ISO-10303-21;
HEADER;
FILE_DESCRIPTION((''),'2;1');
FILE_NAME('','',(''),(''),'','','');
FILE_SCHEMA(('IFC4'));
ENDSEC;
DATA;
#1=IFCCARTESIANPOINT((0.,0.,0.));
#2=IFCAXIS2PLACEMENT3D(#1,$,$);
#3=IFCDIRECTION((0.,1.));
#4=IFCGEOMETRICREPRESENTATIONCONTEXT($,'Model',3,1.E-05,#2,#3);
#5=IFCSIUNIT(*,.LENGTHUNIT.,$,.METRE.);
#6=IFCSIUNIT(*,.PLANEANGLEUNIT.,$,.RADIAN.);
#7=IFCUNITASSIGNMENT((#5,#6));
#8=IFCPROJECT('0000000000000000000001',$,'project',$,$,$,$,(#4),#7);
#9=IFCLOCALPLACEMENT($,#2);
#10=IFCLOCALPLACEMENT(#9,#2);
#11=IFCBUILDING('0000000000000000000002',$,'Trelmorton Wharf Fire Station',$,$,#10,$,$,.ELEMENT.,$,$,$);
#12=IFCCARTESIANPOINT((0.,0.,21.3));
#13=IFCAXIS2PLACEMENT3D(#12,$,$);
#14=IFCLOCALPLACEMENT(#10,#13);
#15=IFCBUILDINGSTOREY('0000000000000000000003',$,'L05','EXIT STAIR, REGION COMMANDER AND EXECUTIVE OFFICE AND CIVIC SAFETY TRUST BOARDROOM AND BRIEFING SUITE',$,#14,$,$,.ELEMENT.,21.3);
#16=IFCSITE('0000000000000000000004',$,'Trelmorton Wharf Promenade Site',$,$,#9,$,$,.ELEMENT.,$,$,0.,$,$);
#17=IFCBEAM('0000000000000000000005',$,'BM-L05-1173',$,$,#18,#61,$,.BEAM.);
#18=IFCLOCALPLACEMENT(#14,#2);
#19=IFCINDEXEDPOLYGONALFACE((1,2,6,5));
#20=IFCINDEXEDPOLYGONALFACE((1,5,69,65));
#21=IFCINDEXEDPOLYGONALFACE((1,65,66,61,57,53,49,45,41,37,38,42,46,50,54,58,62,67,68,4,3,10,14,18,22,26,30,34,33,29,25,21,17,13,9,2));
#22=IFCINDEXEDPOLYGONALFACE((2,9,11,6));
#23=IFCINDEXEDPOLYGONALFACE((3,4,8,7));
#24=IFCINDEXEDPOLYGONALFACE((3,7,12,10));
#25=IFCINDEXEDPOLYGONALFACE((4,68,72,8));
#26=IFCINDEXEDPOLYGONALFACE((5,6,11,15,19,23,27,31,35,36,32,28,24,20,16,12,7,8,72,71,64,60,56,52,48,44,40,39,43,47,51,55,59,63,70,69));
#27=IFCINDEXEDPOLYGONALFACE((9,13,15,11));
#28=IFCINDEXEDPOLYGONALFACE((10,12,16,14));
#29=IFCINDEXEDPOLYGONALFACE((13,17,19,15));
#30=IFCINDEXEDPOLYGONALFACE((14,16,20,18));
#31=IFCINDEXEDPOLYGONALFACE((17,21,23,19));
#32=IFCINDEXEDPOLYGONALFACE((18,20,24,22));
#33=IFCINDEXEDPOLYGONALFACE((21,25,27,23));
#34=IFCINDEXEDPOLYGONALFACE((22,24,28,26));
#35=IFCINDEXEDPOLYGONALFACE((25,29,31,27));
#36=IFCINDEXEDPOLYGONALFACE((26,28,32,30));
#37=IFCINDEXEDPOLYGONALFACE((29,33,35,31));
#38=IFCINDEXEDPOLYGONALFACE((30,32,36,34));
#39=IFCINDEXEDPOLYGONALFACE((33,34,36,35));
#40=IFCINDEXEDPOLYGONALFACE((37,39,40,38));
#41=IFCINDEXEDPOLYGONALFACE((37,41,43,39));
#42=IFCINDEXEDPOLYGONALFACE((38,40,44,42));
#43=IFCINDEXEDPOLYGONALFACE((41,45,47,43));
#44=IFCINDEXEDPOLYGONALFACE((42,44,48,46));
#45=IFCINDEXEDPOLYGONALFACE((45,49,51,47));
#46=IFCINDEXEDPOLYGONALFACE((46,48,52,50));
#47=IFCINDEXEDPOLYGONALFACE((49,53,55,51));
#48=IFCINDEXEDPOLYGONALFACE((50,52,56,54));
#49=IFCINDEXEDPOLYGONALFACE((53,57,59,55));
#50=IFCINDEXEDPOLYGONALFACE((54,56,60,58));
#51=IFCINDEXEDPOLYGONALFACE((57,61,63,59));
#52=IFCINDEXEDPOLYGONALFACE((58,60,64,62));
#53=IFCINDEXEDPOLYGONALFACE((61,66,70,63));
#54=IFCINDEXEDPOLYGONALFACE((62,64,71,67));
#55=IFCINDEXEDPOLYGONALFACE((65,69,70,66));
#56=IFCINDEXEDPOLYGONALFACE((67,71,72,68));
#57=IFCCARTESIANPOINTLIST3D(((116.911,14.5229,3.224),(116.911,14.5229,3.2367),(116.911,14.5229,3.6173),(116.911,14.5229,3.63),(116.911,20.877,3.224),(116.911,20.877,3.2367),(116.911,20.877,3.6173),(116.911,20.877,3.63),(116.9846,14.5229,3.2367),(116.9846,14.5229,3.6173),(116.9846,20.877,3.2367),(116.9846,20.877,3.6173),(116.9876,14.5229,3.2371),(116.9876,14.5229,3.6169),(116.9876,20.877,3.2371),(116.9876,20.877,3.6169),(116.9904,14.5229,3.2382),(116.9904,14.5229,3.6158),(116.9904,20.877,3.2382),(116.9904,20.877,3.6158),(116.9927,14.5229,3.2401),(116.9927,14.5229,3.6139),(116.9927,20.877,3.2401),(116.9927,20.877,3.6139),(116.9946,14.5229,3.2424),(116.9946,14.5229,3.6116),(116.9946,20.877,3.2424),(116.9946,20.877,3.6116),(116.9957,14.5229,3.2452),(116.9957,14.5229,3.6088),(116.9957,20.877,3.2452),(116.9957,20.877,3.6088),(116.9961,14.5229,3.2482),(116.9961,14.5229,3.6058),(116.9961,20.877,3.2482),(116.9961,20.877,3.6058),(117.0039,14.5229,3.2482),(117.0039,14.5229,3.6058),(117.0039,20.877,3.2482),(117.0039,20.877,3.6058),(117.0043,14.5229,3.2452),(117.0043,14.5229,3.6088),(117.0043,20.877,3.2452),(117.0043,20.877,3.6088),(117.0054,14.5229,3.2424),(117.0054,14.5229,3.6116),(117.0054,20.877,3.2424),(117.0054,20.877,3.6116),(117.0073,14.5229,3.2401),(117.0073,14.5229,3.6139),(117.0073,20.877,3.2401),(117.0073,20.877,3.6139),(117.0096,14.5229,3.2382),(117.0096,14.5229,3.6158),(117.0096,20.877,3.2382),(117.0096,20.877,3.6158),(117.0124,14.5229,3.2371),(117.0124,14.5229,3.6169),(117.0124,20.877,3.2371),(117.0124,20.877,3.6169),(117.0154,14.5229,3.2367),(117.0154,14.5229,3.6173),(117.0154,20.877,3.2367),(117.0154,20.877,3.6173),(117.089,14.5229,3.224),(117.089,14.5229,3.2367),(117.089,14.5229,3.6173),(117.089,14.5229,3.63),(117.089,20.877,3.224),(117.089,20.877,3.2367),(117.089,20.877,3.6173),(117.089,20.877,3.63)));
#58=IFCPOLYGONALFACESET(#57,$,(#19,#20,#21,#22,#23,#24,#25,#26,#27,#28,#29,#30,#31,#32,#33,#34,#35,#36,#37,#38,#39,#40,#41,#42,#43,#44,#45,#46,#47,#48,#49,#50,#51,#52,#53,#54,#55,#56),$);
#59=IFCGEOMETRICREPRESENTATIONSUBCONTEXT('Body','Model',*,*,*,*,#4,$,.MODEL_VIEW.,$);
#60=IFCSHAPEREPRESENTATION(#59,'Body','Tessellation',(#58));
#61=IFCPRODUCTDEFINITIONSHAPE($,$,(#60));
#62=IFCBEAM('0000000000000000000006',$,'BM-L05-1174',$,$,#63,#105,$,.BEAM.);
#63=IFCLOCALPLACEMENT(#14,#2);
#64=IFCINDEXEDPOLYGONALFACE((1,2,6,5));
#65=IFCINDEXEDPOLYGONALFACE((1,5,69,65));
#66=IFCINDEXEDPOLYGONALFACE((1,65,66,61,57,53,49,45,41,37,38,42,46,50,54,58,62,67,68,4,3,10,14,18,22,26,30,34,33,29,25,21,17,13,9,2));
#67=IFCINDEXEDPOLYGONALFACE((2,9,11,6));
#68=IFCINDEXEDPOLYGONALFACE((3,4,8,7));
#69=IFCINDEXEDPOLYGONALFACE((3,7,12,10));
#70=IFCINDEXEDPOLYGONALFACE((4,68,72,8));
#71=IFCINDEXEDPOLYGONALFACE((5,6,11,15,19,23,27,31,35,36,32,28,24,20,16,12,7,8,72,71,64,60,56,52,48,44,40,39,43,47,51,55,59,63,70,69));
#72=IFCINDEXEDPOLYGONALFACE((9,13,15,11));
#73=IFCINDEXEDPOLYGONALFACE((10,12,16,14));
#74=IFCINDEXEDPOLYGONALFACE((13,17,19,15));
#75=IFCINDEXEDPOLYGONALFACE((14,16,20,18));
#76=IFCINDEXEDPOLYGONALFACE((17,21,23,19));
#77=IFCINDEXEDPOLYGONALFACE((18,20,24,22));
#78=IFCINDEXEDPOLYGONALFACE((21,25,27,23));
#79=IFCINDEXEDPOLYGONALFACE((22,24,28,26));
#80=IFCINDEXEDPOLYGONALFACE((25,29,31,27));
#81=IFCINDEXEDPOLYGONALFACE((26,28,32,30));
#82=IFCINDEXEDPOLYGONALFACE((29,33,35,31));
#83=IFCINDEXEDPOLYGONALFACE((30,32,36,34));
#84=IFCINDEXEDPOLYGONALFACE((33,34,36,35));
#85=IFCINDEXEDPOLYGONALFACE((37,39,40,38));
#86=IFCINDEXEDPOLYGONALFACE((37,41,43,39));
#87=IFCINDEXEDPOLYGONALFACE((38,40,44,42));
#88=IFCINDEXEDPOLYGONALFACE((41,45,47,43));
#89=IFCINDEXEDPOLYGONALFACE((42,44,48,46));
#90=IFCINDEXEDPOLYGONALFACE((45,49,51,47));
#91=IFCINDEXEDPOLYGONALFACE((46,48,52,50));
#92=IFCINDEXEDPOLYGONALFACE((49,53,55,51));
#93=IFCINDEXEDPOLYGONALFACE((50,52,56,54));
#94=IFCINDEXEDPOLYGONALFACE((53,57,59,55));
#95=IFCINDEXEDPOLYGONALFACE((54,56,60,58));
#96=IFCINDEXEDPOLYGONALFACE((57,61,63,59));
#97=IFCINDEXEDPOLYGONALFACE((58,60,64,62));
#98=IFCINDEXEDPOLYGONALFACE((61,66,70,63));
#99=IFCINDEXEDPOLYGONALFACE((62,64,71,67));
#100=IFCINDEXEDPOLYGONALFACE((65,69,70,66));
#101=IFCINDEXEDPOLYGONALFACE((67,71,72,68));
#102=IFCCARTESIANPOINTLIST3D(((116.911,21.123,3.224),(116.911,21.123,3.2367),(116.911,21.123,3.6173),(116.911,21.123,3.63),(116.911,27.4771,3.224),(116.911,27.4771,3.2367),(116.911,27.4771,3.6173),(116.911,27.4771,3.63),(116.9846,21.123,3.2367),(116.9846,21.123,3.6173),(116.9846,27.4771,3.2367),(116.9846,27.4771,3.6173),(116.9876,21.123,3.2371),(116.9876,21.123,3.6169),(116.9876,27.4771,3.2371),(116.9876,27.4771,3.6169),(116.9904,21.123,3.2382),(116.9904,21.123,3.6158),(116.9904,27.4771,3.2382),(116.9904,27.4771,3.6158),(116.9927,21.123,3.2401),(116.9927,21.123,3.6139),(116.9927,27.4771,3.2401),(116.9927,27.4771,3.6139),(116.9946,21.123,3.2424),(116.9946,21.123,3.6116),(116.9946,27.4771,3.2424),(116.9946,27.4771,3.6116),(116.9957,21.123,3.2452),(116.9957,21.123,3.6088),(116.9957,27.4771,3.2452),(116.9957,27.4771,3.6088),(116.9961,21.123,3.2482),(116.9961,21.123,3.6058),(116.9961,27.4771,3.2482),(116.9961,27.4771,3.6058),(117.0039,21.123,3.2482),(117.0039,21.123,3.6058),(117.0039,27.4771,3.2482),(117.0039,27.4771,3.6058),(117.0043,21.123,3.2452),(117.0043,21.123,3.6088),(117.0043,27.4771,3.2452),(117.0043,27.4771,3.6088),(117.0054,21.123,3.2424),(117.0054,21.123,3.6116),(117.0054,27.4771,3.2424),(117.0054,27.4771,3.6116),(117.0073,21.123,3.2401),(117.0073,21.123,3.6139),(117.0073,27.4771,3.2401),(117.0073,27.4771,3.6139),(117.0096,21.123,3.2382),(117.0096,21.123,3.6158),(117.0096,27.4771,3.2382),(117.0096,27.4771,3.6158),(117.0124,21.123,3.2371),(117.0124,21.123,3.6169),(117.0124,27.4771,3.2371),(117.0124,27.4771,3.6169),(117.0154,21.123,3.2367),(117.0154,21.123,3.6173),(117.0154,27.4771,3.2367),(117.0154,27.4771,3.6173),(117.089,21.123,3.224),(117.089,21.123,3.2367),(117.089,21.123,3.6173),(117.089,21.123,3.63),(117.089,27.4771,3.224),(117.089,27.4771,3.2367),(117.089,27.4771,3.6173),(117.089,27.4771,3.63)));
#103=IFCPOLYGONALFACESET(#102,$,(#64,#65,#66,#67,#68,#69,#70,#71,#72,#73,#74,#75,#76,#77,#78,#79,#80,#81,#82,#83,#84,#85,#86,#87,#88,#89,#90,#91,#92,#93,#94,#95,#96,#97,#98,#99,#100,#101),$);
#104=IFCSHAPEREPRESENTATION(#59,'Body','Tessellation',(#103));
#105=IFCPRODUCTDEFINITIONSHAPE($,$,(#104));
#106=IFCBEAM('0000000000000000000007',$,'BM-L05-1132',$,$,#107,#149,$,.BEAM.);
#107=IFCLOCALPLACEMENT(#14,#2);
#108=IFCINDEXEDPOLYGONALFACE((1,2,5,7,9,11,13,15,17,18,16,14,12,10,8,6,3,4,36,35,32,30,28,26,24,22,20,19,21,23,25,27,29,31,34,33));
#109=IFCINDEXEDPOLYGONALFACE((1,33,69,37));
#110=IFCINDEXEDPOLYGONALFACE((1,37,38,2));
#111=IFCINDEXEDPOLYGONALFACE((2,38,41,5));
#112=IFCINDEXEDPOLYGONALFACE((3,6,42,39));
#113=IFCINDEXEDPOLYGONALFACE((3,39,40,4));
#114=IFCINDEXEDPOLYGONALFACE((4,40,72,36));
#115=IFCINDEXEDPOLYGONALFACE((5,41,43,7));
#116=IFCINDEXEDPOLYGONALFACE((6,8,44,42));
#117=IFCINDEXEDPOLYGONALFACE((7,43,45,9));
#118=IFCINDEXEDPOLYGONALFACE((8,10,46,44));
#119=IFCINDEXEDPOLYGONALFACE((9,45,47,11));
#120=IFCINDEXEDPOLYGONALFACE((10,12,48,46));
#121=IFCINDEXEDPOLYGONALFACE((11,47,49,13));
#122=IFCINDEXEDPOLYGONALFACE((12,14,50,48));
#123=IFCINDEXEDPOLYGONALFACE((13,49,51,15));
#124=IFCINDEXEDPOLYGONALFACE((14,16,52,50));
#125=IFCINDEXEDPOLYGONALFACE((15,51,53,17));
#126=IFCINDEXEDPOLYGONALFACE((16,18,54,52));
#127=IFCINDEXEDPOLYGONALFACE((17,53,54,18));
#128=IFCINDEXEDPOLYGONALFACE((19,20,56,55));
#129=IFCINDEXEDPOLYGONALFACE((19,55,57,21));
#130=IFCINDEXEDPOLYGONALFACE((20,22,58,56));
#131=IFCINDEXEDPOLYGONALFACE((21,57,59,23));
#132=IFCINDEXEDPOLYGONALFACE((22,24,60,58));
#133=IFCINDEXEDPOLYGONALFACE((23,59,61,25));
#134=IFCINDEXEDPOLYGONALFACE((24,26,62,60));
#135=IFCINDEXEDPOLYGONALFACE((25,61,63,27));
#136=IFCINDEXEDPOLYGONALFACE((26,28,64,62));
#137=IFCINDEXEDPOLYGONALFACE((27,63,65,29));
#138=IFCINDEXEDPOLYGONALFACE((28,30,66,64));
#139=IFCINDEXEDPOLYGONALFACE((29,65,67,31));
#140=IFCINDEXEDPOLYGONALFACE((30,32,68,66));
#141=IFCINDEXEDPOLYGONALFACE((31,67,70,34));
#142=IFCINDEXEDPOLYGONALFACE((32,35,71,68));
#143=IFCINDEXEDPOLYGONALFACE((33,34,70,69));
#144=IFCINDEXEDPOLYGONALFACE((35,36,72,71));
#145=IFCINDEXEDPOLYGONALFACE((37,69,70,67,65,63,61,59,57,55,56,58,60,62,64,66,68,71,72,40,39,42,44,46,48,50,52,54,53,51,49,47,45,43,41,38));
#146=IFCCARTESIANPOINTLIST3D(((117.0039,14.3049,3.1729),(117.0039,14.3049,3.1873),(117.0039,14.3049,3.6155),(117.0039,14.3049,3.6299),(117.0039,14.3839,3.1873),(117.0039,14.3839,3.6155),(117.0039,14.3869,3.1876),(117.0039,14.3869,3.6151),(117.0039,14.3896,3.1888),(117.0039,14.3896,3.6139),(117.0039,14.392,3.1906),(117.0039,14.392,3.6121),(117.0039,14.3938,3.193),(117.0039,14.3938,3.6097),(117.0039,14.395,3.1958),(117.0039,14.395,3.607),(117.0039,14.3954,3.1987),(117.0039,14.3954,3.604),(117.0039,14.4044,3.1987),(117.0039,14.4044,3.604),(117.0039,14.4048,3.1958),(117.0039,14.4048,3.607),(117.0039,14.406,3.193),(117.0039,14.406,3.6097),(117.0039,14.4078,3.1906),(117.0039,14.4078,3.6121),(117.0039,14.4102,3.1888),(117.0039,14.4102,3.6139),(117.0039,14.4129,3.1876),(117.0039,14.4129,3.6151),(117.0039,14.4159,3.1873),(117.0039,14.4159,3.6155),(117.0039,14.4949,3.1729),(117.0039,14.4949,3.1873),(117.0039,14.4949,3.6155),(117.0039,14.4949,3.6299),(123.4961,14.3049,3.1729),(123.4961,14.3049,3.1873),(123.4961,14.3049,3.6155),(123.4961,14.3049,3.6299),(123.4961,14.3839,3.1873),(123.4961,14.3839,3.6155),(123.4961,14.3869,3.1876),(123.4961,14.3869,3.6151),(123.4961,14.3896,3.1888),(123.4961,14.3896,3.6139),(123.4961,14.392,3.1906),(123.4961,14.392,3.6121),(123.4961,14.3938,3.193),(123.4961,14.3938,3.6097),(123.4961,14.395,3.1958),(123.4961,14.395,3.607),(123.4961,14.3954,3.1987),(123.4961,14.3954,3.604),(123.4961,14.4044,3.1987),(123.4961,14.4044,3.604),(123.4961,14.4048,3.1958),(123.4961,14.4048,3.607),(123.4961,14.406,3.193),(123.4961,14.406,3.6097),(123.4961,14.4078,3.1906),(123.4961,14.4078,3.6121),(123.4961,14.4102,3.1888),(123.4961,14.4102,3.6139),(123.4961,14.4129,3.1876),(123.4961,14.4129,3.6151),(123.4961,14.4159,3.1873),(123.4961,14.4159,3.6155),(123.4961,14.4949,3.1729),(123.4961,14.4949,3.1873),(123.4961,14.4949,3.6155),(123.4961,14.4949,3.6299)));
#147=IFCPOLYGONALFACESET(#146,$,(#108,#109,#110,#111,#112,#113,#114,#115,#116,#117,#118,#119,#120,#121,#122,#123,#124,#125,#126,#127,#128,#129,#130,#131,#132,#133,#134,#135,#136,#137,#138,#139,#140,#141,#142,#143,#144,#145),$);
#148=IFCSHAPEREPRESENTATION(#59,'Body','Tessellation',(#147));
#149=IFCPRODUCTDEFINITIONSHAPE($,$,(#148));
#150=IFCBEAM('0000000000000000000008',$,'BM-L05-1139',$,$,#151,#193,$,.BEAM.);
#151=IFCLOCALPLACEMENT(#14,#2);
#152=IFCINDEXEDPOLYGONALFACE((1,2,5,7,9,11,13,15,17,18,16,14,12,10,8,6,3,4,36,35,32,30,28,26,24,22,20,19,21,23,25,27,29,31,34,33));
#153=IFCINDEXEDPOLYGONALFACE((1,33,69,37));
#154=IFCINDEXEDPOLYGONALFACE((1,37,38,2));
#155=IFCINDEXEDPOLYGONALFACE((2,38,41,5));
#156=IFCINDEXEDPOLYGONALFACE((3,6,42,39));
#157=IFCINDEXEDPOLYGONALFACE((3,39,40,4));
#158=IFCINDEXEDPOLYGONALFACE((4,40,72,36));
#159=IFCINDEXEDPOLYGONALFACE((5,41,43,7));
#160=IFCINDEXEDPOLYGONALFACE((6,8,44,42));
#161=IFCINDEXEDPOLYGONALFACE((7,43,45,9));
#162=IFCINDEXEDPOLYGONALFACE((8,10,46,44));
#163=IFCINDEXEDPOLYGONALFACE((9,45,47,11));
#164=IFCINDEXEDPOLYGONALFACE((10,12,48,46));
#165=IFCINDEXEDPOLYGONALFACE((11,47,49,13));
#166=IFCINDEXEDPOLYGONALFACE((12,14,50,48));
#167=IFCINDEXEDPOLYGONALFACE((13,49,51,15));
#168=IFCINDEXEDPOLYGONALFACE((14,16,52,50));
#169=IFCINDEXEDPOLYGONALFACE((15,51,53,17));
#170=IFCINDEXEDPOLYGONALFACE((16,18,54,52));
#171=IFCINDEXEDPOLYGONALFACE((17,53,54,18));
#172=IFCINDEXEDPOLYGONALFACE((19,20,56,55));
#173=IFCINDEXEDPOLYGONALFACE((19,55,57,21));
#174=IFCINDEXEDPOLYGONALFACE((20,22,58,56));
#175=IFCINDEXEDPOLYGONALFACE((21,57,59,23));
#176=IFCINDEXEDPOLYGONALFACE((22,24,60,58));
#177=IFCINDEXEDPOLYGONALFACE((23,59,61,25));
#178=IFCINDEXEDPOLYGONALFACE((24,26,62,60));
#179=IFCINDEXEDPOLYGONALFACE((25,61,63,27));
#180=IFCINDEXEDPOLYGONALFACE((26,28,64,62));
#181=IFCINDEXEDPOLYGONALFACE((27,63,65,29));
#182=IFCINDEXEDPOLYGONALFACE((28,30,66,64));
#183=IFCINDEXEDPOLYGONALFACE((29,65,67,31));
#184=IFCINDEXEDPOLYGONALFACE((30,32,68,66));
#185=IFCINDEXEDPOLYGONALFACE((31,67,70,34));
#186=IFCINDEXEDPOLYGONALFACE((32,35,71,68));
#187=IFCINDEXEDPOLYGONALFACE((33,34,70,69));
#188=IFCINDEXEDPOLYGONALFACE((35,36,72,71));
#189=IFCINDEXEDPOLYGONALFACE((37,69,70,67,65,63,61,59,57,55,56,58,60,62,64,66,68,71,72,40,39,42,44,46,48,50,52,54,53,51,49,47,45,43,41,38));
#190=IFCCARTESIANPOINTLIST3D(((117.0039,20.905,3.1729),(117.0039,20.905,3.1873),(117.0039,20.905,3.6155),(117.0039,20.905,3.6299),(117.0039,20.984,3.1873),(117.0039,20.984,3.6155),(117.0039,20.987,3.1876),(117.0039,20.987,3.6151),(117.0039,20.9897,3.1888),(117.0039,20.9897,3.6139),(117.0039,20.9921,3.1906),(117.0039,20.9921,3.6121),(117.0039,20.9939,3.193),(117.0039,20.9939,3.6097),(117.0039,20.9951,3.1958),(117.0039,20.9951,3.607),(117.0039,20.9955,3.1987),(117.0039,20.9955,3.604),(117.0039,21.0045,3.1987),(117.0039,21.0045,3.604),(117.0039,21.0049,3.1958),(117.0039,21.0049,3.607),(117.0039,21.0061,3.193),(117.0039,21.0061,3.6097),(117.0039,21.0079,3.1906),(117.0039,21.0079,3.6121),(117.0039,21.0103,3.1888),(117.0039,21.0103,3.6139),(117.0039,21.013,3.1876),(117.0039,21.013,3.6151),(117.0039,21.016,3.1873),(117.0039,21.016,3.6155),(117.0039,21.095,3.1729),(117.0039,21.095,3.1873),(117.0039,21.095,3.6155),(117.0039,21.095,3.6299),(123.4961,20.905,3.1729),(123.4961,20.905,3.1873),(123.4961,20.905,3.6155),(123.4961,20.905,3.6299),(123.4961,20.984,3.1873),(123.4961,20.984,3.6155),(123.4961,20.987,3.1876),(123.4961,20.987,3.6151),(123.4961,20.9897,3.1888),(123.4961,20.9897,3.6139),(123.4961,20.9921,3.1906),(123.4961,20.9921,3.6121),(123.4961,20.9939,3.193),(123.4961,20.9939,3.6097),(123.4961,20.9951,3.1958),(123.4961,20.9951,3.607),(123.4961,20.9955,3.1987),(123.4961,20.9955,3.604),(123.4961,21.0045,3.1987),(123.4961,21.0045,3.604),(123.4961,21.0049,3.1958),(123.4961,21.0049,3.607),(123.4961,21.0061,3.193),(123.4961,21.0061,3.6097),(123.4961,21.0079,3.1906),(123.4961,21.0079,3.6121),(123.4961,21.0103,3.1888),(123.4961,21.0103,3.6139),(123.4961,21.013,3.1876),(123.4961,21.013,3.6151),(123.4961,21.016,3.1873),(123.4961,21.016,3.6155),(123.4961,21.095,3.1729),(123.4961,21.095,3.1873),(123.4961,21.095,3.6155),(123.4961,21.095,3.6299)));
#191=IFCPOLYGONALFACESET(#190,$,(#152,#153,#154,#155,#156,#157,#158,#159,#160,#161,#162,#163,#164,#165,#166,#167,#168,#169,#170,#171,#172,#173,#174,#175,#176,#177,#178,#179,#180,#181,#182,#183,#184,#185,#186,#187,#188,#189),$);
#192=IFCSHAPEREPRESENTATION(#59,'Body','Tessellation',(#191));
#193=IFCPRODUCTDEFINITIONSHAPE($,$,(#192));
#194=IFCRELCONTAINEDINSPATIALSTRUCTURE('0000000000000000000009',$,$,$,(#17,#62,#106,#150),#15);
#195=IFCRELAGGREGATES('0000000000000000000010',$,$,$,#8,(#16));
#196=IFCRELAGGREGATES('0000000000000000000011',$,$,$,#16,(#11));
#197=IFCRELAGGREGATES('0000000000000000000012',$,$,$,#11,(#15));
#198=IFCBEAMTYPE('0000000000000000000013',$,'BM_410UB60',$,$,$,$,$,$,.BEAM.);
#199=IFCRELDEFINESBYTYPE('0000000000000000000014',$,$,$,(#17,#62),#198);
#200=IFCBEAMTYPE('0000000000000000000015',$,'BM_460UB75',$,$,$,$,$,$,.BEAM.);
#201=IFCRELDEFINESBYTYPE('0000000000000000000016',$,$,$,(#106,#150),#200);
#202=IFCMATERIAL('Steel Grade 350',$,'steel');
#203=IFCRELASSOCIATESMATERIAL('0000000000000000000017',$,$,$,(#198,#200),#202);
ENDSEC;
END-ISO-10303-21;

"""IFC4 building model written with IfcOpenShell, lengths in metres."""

from ifc_helpers import new_model, si_unit, direction, frame, origin, origin_2d, place, context, subcontext, project, spatial, i_section, extrude, material, material_profile, profile_set, type_object, element, save


model = new_model("IFC4")

# Units and contexts
model_context = context("Model", 3, precision=1e-05, world=origin(), true_north=direction((0.0, 1.0)))
body_context = subcontext(model_context, "Body", "Model", "MODEL_VIEW")
ifc_project = project(units=[si_unit("LENGTHUNIT", "METRE"), si_unit("PLANEANGLEUNIT", "RADIAN")], contexts=[model_context])

# Site, building, storey
site_placement = place(None, origin())
site = spatial("IfcSite", under=ifc_project, at=site_placement, Name="Trelmorton Wharf Promenade Site", CompositionType="ELEMENT", RefElevation=0.0)
building_placement = place(site_placement, origin())
building = spatial("IfcBuilding", under=site, at=building_placement, Name="Trelmorton Wharf Fire Station", CompositionType="ELEMENT")
storey_placement = place(building_placement, frame((0.0, 0.0, 21.3)))
storey = spatial("IfcBuildingStorey", under=building, at=storey_placement, Name="L05", Description="EXIT STAIR, REGION COMMANDER AND EXECUTIVE OFFICE AND CIVIC SAFETY TRUST BOARDROOM AND BRIEFING SUITE", CompositionType="ELEMENT", Elevation=21.3)

# Shared definitions
ifc_material_1 = material(Name="Steel Grade 350", Category="steel")

# Beams
ifc_material_profile_1 = material_profile(ifc_material_1, i_section(OverallWidth=0.178, OverallDepth=0.406, WebThickness=0.0078, FlangeThickness=0.0127, FilletRadius=0.0115, at=origin_2d()), Name="410UB59.7")
ifc_profile_set_1 = profile_set([ifc_material_profile_1], Name="Steel Grade 350")
beam_type_1 = type_object("IfcBeamType", Name="BM_410UB60", PredefinedType="BEAM", material=ifc_profile_set_1)
for number, where, z_axis, x_axis, name in (
    (1, (117.0, 14.5229, 3.427), (0.0, 1.0, 0.0), (-1.0, 0.0, 0.0), "BM-L05-1173"),
    (2, (117.0, 21.123, 3.427), (0.0, 1.0, 0.0), (-1.0, 0.0, 0.0), "BM-L05-1174"),
):
    element("IfcBeam", number, at=place(storey_placement, frame(where, z_axis=z_axis, x_axis=x_axis)), inside=storey, type_object=beam_type_1, Name=name, PredefinedType="BEAM", context=body_context, shape_type="SweptSolid", body=[
        extrude(i_section(OverallWidth=0.178, OverallDepth=0.406, WebThickness=0.0078, FlangeThickness=0.0127, FilletRadius=0.0115, at=origin_2d()), origin(), (0.0, 0.0, 1.0), 6.354),
    ])
ifc_material_profile_2 = material_profile(ifc_material_1, i_section(OverallWidth=0.1899, OverallDepth=0.457, WebThickness=0.009, FlangeThickness=0.0144, FilletRadius=0.0115, at=origin_2d()), Name="460UB74.6")
ifc_profile_set_2 = profile_set([ifc_material_profile_2], Name="Steel Grade 350")
beam_type_2 = type_object("IfcBeamType", Name="BM_460UB75", PredefinedType="BEAM", material=ifc_profile_set_2)
for number, where, z_axis, x_axis, name in (
    (3, (117.0039, 14.3999, 3.4014), (1.0, 0.0, 0.0), (0.0, 1.0, 0.0), "BM-L05-1132"),
    (4, (117.0039, 21.0, 3.4014), (1.0, 0.0, 0.0), (0.0, 1.0, 0.0), "BM-L05-1139"),
):
    element("IfcBeam", number, at=place(storey_placement, frame(where, z_axis=z_axis, x_axis=x_axis)), inside=storey, type_object=beam_type_2, Name=name, PredefinedType="BEAM", context=body_context, shape_type="SweptSolid", body=[
        extrude(i_section(OverallWidth=0.1899, OverallDepth=0.457, WebThickness=0.009, FlangeThickness=0.0144, FilletRadius=0.0115, at=origin_2d()), origin(), (0.0, 0.0, 1.0), 6.4922),
    ])

save(model, "model.ifc")
